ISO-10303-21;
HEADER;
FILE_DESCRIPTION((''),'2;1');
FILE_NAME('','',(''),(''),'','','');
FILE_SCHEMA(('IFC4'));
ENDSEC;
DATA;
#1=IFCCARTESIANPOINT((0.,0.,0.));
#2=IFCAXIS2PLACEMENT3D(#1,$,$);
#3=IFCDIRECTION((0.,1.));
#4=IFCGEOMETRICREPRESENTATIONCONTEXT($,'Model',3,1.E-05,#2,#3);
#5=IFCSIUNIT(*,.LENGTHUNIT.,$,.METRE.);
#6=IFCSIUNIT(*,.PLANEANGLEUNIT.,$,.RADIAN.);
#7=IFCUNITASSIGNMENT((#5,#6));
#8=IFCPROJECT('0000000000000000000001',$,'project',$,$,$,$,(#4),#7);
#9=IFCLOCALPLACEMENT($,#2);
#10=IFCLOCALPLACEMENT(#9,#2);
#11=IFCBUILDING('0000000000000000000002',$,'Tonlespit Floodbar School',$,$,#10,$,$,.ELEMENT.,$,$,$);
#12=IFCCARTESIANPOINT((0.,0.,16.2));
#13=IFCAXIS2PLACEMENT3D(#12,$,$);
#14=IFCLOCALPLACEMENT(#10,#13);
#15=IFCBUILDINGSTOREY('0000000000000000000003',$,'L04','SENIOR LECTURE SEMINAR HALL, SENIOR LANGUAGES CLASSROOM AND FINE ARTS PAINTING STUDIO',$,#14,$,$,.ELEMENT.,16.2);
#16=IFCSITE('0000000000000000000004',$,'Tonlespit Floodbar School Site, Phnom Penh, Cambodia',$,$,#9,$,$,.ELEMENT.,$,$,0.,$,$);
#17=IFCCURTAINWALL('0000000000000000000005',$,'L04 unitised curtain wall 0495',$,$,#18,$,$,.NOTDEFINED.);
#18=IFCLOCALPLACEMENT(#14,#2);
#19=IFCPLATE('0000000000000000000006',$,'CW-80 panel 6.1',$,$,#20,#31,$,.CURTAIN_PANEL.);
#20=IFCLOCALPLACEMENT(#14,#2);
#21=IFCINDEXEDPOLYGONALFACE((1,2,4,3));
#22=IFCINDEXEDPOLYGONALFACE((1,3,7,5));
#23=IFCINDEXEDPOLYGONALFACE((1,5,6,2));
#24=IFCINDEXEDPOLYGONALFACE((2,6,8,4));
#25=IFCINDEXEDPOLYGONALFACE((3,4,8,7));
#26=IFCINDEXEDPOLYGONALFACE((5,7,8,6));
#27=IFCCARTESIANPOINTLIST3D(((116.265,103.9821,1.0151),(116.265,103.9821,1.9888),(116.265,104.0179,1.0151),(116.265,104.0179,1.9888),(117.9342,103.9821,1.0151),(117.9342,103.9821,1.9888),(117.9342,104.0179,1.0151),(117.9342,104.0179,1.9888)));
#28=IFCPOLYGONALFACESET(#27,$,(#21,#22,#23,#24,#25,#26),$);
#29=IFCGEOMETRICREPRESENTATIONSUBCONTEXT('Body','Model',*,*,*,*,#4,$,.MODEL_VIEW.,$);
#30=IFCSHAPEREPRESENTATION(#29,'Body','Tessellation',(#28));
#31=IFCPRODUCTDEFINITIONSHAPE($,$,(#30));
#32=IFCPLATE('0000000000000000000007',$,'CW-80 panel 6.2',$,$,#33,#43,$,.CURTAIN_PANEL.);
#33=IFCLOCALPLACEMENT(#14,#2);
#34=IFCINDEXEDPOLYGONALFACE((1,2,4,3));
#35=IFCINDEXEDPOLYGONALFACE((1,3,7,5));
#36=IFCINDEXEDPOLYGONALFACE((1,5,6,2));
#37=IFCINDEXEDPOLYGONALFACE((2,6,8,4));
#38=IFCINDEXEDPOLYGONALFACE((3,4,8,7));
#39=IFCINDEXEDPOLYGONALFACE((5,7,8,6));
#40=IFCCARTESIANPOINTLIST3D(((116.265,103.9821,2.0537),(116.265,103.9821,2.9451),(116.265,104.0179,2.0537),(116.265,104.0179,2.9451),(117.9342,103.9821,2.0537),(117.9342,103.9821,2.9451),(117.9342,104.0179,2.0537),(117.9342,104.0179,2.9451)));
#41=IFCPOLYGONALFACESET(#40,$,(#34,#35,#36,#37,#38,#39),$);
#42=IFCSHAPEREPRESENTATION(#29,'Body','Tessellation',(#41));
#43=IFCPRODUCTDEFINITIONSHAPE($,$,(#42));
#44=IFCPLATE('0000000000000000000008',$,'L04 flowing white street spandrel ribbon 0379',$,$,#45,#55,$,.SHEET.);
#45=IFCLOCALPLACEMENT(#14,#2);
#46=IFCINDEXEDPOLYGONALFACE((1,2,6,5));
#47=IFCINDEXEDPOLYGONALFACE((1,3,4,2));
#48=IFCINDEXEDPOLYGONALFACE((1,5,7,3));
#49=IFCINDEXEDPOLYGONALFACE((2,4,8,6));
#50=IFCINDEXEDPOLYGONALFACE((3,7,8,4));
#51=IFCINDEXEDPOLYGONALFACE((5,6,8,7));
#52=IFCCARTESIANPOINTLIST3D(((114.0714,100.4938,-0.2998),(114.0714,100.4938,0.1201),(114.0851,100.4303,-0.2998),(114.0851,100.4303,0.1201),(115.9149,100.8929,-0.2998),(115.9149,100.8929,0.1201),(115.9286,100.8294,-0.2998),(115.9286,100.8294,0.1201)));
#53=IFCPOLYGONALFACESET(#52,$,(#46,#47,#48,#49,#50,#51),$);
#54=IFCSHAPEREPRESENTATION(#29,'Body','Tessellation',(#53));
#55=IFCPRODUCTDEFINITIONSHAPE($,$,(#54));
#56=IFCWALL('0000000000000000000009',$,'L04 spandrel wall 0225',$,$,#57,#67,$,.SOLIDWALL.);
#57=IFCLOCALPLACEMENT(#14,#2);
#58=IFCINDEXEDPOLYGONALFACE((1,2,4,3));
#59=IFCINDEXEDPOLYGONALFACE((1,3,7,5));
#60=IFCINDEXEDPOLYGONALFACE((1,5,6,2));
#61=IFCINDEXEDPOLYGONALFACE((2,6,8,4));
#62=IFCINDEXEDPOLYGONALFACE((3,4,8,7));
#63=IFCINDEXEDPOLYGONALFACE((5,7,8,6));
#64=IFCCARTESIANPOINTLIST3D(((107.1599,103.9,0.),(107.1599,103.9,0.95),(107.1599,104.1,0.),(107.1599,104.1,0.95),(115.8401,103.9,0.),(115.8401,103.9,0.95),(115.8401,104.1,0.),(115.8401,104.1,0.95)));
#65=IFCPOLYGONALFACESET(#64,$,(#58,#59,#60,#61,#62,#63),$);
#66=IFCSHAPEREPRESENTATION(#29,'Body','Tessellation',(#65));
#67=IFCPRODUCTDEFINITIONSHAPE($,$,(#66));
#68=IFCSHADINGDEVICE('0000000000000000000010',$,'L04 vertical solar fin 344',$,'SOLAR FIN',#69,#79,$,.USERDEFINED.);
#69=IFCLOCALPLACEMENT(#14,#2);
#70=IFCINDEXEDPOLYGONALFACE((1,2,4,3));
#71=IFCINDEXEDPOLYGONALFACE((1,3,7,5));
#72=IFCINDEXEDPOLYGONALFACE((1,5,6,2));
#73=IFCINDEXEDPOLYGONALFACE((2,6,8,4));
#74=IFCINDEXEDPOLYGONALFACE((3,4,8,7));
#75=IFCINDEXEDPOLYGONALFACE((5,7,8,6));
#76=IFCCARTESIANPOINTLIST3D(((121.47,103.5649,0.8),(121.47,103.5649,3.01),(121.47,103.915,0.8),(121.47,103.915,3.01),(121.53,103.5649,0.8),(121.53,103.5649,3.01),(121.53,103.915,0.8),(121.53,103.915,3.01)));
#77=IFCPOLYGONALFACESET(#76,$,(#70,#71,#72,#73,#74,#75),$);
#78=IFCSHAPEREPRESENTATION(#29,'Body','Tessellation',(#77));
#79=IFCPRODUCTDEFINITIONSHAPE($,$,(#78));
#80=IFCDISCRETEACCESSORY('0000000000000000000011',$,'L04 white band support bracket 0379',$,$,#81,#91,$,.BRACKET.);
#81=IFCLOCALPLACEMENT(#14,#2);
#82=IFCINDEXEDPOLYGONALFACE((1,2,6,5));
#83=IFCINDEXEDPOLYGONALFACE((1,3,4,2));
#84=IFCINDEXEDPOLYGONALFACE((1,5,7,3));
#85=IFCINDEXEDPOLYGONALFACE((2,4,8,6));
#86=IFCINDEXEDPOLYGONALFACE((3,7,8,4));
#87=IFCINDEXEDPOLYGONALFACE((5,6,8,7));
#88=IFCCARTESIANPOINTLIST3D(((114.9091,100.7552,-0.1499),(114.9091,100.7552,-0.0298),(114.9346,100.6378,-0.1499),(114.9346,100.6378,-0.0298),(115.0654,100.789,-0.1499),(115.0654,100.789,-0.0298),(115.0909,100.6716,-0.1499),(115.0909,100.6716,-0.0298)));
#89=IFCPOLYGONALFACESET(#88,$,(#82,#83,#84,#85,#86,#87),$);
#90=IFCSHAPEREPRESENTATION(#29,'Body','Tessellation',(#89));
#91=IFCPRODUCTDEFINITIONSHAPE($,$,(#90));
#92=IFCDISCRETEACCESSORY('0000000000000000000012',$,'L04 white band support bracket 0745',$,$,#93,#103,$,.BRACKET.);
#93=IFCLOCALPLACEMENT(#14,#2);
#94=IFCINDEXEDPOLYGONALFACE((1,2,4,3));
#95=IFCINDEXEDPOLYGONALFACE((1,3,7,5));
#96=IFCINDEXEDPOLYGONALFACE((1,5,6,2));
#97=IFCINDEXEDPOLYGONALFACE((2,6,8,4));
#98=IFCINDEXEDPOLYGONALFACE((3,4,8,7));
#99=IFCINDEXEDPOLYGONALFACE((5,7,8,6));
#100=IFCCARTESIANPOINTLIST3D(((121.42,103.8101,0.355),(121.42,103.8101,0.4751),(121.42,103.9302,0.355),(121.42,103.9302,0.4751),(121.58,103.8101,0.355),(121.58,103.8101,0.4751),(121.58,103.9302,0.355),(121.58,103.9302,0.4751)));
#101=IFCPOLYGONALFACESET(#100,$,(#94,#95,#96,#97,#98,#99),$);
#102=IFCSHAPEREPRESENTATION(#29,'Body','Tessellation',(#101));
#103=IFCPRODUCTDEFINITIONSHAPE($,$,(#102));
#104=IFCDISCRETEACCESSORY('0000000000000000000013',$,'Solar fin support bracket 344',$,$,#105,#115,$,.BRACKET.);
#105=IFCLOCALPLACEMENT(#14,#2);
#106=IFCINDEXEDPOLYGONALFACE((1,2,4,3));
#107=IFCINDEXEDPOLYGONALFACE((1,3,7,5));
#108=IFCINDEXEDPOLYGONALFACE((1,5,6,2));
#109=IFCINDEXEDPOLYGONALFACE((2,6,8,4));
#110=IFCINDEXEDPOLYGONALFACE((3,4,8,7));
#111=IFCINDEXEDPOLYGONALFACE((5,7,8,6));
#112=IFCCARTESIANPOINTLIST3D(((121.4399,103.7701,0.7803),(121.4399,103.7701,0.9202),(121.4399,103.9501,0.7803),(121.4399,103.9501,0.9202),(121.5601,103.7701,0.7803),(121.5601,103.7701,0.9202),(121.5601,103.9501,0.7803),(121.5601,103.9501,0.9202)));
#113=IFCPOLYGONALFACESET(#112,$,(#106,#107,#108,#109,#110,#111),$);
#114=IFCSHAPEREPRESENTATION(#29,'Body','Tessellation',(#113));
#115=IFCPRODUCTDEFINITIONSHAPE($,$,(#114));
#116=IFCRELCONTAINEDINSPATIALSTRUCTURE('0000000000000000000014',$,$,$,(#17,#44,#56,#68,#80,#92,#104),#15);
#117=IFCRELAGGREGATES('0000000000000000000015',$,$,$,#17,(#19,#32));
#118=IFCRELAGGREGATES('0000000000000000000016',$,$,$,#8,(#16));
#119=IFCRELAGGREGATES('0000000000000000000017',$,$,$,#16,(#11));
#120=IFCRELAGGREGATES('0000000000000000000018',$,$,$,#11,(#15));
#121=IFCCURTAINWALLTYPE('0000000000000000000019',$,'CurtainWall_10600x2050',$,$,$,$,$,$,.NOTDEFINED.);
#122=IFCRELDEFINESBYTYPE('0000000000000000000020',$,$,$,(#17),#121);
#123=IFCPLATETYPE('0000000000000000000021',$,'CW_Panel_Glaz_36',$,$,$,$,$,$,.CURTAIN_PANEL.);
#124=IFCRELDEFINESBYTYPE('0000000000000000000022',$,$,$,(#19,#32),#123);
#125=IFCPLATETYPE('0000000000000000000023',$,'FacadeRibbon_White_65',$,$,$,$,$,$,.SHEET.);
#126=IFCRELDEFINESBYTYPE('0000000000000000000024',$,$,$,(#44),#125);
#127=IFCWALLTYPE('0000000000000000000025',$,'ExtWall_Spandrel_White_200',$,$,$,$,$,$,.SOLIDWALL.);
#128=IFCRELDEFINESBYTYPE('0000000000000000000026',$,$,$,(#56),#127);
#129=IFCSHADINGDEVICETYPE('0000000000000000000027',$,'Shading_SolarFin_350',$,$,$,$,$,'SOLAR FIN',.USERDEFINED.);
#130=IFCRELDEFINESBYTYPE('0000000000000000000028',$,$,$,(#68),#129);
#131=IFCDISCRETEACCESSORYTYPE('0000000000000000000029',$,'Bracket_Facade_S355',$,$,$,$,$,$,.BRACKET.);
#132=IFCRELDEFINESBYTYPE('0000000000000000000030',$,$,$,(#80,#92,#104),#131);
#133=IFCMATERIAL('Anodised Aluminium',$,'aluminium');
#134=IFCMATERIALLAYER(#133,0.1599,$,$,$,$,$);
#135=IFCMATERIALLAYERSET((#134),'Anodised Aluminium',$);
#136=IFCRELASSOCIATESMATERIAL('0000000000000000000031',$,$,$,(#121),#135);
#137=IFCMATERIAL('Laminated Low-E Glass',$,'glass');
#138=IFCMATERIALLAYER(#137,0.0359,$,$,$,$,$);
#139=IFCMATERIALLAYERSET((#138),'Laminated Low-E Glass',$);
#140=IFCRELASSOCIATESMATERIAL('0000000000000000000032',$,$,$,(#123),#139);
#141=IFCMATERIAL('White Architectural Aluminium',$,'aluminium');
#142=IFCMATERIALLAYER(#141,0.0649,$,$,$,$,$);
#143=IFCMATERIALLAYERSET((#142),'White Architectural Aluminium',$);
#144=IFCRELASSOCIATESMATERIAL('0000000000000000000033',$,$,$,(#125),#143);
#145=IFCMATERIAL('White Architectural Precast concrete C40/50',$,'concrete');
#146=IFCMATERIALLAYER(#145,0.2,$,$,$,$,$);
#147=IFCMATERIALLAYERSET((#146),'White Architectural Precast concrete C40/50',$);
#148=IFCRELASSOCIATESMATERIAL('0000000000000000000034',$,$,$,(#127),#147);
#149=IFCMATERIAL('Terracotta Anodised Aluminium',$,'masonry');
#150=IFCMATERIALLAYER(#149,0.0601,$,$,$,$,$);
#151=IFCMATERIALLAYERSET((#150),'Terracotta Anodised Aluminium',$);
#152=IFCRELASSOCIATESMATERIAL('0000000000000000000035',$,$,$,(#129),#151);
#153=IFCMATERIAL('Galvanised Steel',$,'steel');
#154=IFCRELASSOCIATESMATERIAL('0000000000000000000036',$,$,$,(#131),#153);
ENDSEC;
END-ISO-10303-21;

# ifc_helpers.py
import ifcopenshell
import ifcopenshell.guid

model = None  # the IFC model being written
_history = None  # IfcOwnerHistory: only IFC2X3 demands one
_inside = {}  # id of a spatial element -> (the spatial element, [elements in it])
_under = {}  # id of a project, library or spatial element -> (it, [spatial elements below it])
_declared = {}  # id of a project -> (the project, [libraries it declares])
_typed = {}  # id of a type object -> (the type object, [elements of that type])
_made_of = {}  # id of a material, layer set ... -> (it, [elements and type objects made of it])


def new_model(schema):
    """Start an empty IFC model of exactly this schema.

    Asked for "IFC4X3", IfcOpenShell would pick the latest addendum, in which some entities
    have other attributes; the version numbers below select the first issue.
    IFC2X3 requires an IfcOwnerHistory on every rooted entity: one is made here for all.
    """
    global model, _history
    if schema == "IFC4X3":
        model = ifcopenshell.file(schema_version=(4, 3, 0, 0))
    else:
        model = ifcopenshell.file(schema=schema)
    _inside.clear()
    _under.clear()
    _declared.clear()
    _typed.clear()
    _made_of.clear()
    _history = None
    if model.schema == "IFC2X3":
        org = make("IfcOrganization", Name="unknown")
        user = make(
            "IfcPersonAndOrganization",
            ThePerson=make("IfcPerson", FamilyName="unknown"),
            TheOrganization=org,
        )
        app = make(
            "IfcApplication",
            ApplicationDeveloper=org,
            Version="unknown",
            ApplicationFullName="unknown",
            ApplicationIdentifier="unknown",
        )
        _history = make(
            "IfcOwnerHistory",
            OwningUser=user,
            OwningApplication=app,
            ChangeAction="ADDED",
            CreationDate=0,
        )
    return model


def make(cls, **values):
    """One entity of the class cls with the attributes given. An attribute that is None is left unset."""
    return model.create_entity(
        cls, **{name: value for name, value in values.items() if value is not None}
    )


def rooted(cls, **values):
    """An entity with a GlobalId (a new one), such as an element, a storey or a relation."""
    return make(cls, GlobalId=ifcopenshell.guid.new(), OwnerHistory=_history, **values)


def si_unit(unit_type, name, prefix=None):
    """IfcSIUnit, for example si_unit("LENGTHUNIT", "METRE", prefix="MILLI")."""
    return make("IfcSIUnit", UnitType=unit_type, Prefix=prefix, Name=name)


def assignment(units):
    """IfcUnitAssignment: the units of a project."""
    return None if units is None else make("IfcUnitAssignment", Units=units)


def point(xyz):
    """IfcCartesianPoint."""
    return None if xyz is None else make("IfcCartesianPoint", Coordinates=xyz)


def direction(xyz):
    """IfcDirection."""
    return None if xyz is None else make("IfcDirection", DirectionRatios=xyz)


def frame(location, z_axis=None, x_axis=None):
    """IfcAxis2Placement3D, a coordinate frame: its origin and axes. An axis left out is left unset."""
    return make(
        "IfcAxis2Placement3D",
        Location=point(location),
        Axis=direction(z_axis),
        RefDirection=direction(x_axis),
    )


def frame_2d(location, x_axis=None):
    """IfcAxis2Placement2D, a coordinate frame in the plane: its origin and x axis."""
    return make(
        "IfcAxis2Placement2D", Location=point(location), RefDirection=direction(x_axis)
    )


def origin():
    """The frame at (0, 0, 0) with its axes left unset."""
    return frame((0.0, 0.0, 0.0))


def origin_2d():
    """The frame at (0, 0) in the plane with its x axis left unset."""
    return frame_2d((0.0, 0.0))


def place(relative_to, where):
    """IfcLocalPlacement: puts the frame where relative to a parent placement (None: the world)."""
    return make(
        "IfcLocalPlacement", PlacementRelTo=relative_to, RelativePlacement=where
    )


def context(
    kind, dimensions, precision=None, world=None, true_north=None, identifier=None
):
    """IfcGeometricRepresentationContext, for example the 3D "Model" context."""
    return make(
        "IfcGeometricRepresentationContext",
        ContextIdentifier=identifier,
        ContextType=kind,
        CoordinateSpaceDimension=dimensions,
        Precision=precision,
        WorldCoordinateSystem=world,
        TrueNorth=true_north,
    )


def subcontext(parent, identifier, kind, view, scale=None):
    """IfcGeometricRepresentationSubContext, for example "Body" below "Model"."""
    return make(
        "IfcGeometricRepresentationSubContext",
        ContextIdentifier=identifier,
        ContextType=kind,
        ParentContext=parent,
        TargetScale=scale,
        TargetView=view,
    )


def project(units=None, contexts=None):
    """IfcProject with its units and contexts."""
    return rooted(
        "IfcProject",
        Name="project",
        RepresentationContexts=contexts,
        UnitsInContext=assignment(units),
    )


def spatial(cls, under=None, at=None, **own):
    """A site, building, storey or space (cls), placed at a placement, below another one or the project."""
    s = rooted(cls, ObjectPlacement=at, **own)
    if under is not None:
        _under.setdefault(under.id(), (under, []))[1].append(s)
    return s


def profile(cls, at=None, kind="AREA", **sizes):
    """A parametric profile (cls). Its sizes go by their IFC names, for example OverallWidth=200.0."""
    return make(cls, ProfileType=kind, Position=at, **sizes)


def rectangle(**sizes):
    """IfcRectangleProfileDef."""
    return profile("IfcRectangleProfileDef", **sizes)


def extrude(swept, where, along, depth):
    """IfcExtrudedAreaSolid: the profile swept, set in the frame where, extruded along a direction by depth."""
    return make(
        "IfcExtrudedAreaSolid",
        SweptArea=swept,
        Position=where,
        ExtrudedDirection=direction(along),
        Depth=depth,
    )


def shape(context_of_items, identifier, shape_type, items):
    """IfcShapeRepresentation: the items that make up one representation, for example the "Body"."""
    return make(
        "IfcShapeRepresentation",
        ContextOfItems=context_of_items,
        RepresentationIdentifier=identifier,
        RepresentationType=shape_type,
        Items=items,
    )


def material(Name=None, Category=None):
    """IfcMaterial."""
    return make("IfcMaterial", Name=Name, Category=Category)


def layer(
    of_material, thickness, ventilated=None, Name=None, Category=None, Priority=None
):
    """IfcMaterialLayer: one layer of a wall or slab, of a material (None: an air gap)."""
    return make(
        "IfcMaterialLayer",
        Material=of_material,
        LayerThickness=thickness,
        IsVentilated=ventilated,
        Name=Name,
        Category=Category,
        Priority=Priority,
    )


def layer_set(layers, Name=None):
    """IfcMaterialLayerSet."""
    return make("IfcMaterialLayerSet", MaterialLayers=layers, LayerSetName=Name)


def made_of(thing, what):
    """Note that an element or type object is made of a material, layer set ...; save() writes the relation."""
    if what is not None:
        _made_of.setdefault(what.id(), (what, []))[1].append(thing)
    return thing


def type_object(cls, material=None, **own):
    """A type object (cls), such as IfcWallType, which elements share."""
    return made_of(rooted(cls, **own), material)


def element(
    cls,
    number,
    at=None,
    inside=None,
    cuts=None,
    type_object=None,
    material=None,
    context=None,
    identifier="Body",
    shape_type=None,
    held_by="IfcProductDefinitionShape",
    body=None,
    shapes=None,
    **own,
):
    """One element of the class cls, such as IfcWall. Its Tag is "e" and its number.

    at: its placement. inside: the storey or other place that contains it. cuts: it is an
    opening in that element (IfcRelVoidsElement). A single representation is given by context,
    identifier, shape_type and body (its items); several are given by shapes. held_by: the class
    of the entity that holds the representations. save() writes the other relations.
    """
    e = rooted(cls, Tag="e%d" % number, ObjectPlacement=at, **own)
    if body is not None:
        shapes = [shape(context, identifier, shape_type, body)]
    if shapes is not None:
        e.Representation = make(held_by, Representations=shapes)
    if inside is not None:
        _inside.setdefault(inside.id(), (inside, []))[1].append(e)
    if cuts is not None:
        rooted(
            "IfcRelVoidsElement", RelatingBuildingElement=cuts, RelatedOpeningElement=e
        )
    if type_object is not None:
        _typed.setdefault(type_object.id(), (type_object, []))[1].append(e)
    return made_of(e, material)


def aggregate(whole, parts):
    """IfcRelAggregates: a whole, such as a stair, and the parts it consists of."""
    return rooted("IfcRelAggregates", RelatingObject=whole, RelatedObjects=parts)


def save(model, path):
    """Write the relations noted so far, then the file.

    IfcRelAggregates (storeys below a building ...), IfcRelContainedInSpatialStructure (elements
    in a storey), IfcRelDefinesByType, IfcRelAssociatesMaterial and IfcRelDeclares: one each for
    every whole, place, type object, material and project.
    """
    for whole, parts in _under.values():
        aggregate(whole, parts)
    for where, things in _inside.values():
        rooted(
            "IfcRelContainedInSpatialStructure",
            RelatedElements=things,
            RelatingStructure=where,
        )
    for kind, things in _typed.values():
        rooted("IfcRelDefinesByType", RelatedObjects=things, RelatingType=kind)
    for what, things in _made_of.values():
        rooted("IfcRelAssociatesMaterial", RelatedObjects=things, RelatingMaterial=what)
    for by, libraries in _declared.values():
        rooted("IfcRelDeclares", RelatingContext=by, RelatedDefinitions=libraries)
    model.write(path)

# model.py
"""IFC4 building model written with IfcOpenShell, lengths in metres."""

from ifc_helpers import new_model, si_unit, direction, frame, frame_2d, origin, origin_2d, place, context, subcontext, project, spatial, rectangle, extrude, material, layer, layer_set, type_object, element, aggregate, save


model = new_model("IFC4")

# Units and contexts
model_context = context("Model", 3, precision=1e-05, world=origin(), true_north=direction((0.0, 1.0)))
body_context = subcontext(model_context, "Body", "Model", "MODEL_VIEW")
ifc_project = project(units=[si_unit("LENGTHUNIT", "METRE"), si_unit("PLANEANGLEUNIT", "RADIAN")], contexts=[model_context])

# Site, building, storey
site_placement = place(None, origin())
site = spatial("IfcSite", under=ifc_project, at=site_placement, Name="Tonlespit Floodbar School Site, Phnom Penh, Cambodia", CompositionType="ELEMENT", RefElevation=0.0)
building_placement = place(site_placement, origin())
building = spatial("IfcBuilding", under=site, at=building_placement, Name="Tonlespit Floodbar School", CompositionType="ELEMENT")
storey_placement = place(building_placement, frame((0.0, 0.0, 16.2)))
storey = spatial("IfcBuildingStorey", under=building, at=storey_placement, Name="L04", Description="SENIOR LECTURE SEMINAR HALL, SENIOR LANGUAGES CLASSROOM AND FINE ARTS PAINTING STUDIO", CompositionType="ELEMENT", Elevation=16.2)

# Shared definitions
ifc_material_1 = material(Name="Anodised Aluminium", Category="aluminium")

# Curtain wall
ifc_layer_1 = layer(ifc_material_1, 0.1599)
ifc_layer_set_1 = layer_set([ifc_layer_1], Name="Anodised Aluminium")
curtain_wall_type_1 = type_object("IfcCurtainWallType", Name="CurtainWall_10600x2050", PredefinedType="NOTDEFINED", material=ifc_layer_set_1)
curtain_wall_1_placement = place(storey_placement, origin())
curtain_wall_1 = element("IfcCurtainWall", 1, at=curtain_wall_1_placement, inside=storey, type_object=curtain_wall_type_1, Name="L04 unitised curtain wall 0495", PredefinedType="NOTDEFINED")

# Plates
ifc_material_2 = material(Name="Laminated Low-E Glass", Category="glass")
ifc_layer_2 = layer(ifc_material_2, 0.0359)
ifc_layer_set_2 = layer_set([ifc_layer_2], Name="Laminated Low-E Glass")
plate_type_1 = type_object("IfcPlateType", Name="CW_Panel_Glaz_36", PredefinedType="CURTAIN_PANEL", material=ifc_layer_set_2)
plate_1_placement = place(storey_placement, frame((117.0996, 104.0, 1.0151), z_axis=(0.0, 0.0, 1.0), x_axis=(-1.0, 0.0, 0.0)))
plate_1 = element("IfcPlate", 2, at=plate_1_placement, type_object=plate_type_1, Name="CW-80 panel 6.1", PredefinedType="CURTAIN_PANEL", context=body_context, shape_type="SweptSolid", body=[
    extrude(rectangle(XDim=1.6692, YDim=0.0359, at=origin_2d()), origin(), (0.0, 0.0, 1.0), 0.9736),
])
plate_2_placement = place(storey_placement, frame((117.0996, 104.0, 2.0537), z_axis=(0.0, 0.0, 1.0), x_axis=(-1.0, 0.0, 0.0)))
plate_2 = element("IfcPlate", 3, at=plate_2_placement, type_object=plate_type_1, Name="CW-80 panel 6.2", PredefinedType="CURTAIN_PANEL", context=body_context, shape_type="SweptSolid", body=[
    extrude(rectangle(XDim=1.6692, YDim=0.0359, at=origin_2d()), origin(), (0.0, 0.0, 1.0), 0.8914),
])
aggregate(curtain_wall_1, [plate_1, plate_2])
ifc_material_3 = material(Name="White Architectural Aluminium", Category="aluminium")
ifc_layer_3 = layer(ifc_material_3, 0.0649)
ifc_layer_set_3 = layer_set([ifc_layer_3], Name="White Architectural Aluminium")
plate_type_2 = type_object("IfcPlateType", Name="FacadeRibbon_White_65", PredefinedType="SHEET", material=ifc_layer_set_3)
plate_3_placement = place(storey_placement, frame((115.0, 100.6616, -0.2998), z_axis=(0.0, 0.0, 1.0), x_axis=(0.977357, 0.211598, 0.0)))
element("IfcPlate", 4, at=plate_3_placement, inside=storey, type_object=plate_type_2, Name="L04 flowing white street spandrel ribbon 0379", PredefinedType="SHEET", context=body_context, shape_type="SweptSolid", body=[
    extrude(rectangle(XDim=1.8862, YDim=0.0649, at=origin_2d()), origin(), (0.0, 0.0, 1.0), 0.4199),
])

# Wall
ifc_material_4 = material(Name="White Architectural Precast concrete C40/50", Category="concrete")
ifc_layer_4 = layer(ifc_material_4, 0.2)
ifc_layer_set_4 = layer_set([ifc_layer_4], Name="White Architectural Precast concrete C40/50")
wall_type = type_object("IfcWallType", Name="ExtWall_Spandrel_White_200", PredefinedType="SOLIDWALL", material=ifc_layer_set_4)
wall_placement = place(storey_placement, frame((115.8401, 104.0, 0.0), z_axis=(0.0, 0.0, 1.0), x_axis=(-1.0, 0.0, 0.0)))
element("IfcWall", 5, at=wall_placement, inside=storey, type_object=wall_type, Name="L04 spandrel wall 0225", PredefinedType="SOLIDWALL", context=body_context, shape_type="SweptSolid", body=[
    extrude(rectangle(XDim=8.6802, YDim=0.2, at=frame_2d((4.3401, 0.0))), origin(), (0.0, 0.0, 1.0), 0.95),
])

# Shared definitions
ifc_material_5 = material(Name="Galvanised Steel", Category="steel")

# Shading device
ifc_material_6 = material(Name="Terracotta Anodised Aluminium", Category="masonry")
ifc_layer_5 = layer(ifc_material_6, 0.0601)
ifc_layer_set_5 = layer_set([ifc_layer_5], Name="Terracotta Anodised Aluminium")
shading_device_type = type_object("IfcShadingDeviceType", Name="Shading_SolarFin_350", ElementType="SOLAR FIN", PredefinedType="USERDEFINED", material=ifc_layer_set_5)
shading_device_placement = place(storey_placement, frame((121.5, 103.74, 0.8), z_axis=(0.0, 0.0, 1.0), x_axis=(-1.0, 0.0, 0.0)))
element("IfcShadingDevice", 6, at=shading_device_placement, inside=storey, type_object=shading_device_type, Name="L04 vertical solar fin 344", ObjectType="SOLAR FIN", PredefinedType="USERDEFINED", context=body_context, shape_type="SweptSolid", body=[
    extrude(rectangle(XDim=0.0601, YDim=0.3501, at=origin_2d()), origin(), (0.0, 0.0, 1.0), 2.21),
])

# Discrete accessories
discrete_accessory_type = type_object("IfcDiscreteAccessoryType", Name="Bracket_Facade_S355", PredefinedType="BRACKET", material=ifc_material_5)
for number, where, z_axis, x_axis, name in (
    (7, (115.0, 100.7134, -0.1499), (0.0, 0.0, 1.0), (0.977357, 0.211598, 0.0), "L04 white band support bracket 0379"),
    (8, (121.5, 103.8701, 0.355), (0.0, 0.0, 1.0), (-1.0, 0.0, 0.0), "L04 white band support bracket 0745"),
):
    element("IfcDiscreteAccessory", number, at=place(storey_placement, frame(where, z_axis=z_axis, x_axis=x_axis)), inside=storey, type_object=discrete_accessory_type, Name=name, PredefinedType="BRACKET", context=body_context, shape_type="SweptSolid", body=[
        extrude(rectangle(XDim=0.1599, YDim=0.1201, at=origin_2d()), origin(), (0.0, 0.0, 1.0), 0.1201),
    ])
discrete_accessory_placement = place(storey_placement, frame((121.5, 103.8601, 0.7803), z_axis=(0.0, 0.0, 1.0), x_axis=(-1.0, 0.0, 0.0)))
element("IfcDiscreteAccessory", 9, at=discrete_accessory_placement, inside=storey, type_object=discrete_accessory_type, Name="Solar fin support bracket 344", PredefinedType="BRACKET", context=body_context, shape_type="SweptSolid", body=[
    extrude(rectangle(XDim=0.1201, YDim=0.1799, at=origin_2d()), origin(), (0.0, 0.0, 1.0), 0.1399),
])

save(model, "model.ifc")
